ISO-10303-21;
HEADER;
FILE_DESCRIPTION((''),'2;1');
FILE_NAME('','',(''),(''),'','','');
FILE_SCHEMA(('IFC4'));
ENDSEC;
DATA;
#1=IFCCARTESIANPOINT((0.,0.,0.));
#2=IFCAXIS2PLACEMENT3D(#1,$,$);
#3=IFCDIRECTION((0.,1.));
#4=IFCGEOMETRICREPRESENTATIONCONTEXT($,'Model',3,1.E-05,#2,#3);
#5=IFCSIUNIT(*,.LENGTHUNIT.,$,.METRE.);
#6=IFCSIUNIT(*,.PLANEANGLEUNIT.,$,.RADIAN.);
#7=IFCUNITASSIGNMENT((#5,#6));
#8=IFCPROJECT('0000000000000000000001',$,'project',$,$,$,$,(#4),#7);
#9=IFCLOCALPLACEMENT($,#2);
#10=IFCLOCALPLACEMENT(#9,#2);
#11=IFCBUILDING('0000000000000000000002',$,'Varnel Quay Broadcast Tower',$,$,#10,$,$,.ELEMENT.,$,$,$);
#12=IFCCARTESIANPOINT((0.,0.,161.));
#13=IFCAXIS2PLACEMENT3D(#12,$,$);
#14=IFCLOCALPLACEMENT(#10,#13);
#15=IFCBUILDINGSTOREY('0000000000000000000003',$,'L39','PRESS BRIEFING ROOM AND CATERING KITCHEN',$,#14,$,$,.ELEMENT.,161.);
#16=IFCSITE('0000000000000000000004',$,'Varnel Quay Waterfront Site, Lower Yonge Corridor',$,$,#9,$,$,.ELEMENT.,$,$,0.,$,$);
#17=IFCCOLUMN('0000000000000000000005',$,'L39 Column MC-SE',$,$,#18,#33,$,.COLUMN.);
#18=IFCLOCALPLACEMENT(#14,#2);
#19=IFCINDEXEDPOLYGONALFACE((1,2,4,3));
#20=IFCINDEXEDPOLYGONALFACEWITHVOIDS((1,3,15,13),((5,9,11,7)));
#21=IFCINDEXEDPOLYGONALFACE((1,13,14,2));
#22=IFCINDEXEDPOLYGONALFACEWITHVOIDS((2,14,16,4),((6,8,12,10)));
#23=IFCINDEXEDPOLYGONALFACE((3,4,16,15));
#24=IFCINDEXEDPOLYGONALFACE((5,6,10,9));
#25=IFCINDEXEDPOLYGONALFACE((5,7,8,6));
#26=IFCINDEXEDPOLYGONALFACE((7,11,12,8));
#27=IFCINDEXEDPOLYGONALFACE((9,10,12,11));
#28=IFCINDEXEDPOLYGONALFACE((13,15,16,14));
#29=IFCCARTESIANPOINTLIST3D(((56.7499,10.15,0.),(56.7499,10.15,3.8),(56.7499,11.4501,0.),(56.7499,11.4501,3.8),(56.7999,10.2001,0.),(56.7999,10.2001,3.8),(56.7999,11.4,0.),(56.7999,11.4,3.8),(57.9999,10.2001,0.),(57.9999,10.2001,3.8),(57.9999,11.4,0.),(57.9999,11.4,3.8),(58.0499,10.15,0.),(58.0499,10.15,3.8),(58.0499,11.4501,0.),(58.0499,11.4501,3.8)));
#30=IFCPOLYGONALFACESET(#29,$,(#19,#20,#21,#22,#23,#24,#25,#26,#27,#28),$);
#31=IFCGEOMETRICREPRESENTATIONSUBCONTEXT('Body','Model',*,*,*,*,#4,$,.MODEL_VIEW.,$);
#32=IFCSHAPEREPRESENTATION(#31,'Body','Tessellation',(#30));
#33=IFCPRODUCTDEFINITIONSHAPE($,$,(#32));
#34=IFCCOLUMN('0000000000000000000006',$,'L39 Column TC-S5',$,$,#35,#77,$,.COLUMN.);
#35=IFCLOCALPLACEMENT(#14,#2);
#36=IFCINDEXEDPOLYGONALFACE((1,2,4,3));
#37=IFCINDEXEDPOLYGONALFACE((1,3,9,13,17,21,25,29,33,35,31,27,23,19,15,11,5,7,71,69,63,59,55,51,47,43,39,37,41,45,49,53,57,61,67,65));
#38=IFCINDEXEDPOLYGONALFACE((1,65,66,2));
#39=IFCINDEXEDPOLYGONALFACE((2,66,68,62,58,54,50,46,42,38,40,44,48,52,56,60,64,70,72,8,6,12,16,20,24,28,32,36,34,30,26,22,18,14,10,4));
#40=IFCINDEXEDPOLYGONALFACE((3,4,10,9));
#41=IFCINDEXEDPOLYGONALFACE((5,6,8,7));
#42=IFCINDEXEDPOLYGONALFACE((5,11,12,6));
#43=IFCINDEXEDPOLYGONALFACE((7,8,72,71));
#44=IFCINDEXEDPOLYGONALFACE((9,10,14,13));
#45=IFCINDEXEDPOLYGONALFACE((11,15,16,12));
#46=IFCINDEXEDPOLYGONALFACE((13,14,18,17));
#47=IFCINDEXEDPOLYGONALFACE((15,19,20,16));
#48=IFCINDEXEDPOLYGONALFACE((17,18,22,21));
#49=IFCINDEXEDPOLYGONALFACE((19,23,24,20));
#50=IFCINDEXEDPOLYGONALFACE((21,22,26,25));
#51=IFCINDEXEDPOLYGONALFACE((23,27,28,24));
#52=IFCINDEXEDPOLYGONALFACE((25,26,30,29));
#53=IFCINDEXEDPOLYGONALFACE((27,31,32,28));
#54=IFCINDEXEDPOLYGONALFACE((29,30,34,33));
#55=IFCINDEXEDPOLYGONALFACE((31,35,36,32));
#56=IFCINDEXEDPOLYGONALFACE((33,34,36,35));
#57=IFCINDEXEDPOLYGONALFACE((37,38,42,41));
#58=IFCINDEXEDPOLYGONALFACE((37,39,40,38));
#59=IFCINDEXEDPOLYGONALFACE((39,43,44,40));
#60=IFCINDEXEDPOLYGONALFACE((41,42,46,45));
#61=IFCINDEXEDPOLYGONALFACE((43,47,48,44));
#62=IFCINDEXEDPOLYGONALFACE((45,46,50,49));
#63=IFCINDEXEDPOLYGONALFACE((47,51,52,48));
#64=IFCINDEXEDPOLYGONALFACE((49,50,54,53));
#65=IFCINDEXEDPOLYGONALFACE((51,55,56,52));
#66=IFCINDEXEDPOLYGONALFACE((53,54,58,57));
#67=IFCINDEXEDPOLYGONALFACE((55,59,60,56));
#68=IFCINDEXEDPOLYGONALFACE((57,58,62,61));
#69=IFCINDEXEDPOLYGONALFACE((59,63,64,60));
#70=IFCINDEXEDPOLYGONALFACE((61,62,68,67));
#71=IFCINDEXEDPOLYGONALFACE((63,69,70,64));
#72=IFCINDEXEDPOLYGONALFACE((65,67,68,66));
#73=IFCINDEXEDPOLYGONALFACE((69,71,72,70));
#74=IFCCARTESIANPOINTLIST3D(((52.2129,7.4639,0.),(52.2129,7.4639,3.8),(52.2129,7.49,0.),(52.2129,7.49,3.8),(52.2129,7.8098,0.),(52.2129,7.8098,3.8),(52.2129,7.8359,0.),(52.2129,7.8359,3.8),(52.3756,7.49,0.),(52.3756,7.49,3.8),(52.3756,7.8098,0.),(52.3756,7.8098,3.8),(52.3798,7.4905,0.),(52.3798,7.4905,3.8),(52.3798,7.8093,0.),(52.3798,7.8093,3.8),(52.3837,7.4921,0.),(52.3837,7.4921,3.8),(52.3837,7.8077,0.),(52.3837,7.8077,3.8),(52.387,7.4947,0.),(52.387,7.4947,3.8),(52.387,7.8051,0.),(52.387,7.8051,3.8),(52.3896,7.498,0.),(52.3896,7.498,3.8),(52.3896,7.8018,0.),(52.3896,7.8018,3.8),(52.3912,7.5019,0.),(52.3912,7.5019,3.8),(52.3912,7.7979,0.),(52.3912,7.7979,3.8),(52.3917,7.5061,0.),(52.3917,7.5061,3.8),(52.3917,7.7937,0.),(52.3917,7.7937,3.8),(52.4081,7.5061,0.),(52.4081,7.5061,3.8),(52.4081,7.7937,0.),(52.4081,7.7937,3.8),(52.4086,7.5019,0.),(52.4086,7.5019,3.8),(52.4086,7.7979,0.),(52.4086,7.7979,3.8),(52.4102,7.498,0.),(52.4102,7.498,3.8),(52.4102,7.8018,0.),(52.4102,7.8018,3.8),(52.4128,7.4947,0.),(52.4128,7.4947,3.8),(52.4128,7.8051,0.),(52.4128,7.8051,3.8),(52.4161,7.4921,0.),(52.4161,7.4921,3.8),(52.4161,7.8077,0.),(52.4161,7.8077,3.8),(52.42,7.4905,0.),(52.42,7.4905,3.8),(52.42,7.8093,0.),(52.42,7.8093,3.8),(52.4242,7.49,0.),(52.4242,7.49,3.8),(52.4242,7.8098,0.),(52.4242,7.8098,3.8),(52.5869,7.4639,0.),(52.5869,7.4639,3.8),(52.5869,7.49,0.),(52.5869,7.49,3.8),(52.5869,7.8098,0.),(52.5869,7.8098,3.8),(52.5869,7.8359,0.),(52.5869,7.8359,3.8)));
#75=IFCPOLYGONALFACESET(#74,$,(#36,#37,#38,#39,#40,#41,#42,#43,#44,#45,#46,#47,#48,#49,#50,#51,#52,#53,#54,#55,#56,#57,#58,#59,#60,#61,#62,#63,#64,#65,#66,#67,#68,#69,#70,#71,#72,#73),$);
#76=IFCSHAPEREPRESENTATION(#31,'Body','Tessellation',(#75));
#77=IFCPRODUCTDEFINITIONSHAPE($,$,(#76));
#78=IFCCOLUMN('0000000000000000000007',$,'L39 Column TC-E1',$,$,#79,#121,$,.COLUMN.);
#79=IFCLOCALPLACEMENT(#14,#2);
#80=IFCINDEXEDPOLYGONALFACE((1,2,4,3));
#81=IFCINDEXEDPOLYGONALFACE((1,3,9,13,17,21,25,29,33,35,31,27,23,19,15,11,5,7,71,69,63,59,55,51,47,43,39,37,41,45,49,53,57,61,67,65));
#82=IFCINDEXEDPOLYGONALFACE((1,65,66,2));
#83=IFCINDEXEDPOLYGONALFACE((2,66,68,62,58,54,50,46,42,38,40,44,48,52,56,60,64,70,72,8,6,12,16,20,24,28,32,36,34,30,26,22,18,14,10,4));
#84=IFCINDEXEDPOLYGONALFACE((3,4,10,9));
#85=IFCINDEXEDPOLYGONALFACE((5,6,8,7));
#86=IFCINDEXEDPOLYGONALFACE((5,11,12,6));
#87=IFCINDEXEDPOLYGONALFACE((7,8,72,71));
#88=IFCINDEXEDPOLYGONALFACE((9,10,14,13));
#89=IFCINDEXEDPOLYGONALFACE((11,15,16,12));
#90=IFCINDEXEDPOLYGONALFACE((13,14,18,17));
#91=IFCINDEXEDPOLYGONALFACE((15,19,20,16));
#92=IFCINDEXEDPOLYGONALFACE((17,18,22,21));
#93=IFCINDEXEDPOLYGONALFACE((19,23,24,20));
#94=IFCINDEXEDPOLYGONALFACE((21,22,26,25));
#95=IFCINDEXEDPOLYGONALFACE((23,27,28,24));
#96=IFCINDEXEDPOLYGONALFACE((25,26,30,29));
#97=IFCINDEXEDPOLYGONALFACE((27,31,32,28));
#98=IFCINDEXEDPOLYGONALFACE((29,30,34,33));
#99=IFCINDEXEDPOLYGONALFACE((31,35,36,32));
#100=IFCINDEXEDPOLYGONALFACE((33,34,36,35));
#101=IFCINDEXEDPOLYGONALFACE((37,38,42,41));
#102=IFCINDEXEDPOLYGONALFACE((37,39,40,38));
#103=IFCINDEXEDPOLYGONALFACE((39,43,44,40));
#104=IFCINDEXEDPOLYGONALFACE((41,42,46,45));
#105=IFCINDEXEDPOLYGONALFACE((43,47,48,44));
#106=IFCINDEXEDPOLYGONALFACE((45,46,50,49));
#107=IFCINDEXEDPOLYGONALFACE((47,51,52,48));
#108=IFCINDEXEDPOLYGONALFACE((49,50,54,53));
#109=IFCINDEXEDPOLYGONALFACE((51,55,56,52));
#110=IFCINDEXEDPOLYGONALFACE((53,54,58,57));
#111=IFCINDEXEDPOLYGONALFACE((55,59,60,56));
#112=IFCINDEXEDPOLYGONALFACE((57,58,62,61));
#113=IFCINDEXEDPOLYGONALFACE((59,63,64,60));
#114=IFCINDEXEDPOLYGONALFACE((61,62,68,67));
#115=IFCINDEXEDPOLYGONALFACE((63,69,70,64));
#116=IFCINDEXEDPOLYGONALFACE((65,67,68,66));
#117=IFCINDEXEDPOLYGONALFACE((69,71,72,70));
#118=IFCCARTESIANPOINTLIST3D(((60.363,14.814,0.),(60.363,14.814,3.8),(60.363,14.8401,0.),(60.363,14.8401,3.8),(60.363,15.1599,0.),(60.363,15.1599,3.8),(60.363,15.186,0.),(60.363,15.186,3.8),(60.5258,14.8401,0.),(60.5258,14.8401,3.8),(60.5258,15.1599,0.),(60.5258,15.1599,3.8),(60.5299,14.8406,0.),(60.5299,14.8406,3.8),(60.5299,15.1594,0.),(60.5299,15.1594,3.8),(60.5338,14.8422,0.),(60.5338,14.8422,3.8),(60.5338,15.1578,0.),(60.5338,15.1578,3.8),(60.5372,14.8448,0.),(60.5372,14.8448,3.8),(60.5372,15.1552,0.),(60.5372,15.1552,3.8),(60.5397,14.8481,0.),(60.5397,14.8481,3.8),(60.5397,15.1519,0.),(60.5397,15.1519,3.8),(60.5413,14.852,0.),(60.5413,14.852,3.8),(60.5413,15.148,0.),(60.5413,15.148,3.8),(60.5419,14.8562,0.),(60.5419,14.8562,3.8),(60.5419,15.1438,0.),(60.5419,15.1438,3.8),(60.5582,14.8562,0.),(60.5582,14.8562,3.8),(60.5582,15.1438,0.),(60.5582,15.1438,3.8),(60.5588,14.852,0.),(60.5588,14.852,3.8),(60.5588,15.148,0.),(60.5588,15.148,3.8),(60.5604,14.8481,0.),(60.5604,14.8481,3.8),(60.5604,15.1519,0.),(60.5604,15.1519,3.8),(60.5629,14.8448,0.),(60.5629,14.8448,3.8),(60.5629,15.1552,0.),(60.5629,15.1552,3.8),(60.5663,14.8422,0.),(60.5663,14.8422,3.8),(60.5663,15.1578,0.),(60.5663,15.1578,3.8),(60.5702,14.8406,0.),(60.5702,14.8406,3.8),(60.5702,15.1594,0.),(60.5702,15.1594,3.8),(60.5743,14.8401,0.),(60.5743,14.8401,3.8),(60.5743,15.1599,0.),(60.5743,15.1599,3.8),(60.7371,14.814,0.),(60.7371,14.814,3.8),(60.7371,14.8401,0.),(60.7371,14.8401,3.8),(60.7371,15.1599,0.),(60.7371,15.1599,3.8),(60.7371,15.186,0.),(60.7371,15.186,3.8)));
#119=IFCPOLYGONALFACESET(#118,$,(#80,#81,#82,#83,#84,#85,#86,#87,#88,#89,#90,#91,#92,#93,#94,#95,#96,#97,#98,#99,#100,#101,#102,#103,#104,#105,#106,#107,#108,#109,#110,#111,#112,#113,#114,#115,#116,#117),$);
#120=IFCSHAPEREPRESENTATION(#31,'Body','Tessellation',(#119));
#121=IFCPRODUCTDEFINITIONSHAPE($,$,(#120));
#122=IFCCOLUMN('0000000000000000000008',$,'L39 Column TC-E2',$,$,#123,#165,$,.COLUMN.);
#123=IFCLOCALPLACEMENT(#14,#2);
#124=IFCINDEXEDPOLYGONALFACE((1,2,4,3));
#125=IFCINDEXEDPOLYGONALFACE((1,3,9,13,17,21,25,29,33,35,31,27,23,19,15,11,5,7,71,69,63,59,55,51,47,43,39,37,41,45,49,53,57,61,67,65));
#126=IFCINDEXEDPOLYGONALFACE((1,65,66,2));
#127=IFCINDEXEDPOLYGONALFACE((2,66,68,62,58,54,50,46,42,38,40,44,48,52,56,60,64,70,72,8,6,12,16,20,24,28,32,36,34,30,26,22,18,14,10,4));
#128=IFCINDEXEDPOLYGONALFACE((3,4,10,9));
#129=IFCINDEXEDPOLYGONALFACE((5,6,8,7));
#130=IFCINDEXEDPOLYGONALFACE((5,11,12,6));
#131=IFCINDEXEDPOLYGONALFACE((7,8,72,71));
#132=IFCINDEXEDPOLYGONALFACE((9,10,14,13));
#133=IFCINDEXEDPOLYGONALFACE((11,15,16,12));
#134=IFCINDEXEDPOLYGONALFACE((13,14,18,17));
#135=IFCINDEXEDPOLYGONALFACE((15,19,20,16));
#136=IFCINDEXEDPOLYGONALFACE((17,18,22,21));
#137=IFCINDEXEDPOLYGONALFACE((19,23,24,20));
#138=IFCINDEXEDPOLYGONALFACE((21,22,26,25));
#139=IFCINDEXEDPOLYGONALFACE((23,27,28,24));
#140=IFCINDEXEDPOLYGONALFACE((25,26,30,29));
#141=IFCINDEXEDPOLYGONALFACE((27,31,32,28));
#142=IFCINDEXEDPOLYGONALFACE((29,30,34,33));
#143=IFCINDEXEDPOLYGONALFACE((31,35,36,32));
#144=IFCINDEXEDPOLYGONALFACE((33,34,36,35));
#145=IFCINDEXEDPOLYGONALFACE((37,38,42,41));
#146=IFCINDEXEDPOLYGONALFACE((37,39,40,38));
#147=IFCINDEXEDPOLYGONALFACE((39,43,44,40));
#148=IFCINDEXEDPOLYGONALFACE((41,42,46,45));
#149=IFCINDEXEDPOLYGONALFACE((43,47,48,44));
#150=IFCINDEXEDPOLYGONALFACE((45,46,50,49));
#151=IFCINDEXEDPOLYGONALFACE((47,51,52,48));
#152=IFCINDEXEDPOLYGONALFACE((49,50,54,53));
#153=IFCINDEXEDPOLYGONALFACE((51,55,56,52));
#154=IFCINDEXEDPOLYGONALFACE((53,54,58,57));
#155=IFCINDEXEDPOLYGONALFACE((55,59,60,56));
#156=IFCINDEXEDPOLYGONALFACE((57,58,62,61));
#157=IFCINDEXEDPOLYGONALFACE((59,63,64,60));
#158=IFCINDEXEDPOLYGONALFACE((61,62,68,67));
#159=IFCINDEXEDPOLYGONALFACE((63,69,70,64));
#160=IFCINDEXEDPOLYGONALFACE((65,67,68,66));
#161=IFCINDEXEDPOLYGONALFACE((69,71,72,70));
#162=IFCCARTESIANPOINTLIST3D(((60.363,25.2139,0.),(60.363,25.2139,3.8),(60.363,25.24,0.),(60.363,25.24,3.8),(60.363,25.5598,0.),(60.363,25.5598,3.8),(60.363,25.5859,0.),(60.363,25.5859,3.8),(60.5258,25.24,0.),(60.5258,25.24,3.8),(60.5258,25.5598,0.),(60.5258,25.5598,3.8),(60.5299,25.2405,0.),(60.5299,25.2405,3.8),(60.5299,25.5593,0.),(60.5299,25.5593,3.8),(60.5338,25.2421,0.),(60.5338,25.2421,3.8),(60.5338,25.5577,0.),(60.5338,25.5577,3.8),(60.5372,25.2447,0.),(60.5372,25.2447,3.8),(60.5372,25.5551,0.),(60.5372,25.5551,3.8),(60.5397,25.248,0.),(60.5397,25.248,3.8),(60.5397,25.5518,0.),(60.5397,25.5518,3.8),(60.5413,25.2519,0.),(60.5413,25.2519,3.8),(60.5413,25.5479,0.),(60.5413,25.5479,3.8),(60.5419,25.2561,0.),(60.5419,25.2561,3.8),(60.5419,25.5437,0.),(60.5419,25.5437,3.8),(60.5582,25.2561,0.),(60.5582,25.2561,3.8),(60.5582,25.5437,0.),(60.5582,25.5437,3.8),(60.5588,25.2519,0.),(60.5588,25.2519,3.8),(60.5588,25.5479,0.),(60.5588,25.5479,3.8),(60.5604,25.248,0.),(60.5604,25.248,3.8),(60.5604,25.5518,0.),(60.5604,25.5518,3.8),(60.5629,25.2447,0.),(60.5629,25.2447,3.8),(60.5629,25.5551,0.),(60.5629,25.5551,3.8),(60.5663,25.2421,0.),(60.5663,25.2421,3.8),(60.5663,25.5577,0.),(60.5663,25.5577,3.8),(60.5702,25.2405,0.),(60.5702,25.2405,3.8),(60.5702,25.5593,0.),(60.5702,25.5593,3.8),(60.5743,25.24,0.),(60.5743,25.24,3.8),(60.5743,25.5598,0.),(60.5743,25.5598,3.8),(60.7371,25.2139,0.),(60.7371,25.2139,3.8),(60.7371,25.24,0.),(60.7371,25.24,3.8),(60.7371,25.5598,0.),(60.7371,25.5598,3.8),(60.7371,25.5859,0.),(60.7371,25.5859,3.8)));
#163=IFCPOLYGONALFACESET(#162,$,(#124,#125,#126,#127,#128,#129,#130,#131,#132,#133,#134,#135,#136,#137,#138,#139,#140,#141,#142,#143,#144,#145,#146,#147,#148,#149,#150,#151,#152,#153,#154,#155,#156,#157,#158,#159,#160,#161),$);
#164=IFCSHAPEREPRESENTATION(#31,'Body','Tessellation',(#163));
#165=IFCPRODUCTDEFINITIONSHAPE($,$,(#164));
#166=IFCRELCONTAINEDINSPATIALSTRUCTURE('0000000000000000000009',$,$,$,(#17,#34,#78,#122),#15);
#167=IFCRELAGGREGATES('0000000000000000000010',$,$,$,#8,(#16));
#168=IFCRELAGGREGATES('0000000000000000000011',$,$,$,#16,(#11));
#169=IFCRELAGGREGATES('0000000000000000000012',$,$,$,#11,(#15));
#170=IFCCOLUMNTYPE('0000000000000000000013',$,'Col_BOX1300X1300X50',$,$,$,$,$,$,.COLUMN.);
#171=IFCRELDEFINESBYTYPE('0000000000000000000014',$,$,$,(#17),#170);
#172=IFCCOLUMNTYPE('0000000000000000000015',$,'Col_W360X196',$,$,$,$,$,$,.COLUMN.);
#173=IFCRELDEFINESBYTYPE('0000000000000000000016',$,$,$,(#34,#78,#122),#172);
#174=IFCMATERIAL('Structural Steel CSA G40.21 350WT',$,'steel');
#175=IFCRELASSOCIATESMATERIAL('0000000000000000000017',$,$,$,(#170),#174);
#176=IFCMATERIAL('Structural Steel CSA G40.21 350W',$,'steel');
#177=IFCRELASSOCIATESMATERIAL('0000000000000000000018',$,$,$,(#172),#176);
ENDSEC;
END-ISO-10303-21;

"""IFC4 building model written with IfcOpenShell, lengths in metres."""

from ifc_helpers import new_model, si_unit, direction, frame, origin, origin_2d, place, context, subcontext, project, spatial, hollow_rectangle, i_section, extrude, source, transform, mapped, material, material_profile, profile_set, type_object, type_shapes, element, save


model = new_model("IFC4")

# Units and contexts
model_context = context("Model", 3, precision=1e-05, world=origin(), true_north=direction((0.0, 1.0)))
body_context = subcontext(model_context, "Body", "Model", "MODEL_VIEW")
ifc_project = project(units=[si_unit("LENGTHUNIT", "METRE"), si_unit("PLANEANGLEUNIT", "RADIAN")], contexts=[model_context])

# Site, building, storey
site_placement = place(None, origin())
site = spatial("IfcSite", under=ifc_project, at=site_placement, Name="Varnel Quay Waterfront Site, Lower Yonge Corridor", CompositionType="ELEMENT", RefElevation=0.0)
building_placement = place(site_placement, origin())
building = spatial("IfcBuilding", under=site, at=building_placement, Name="Varnel Quay Broadcast Tower", CompositionType="ELEMENT")
storey_placement = place(building_placement, frame((0.0, 0.0, 161.0)))
storey = spatial("IfcBuildingStorey", under=building, at=storey_placement, Name="L39", Description="PRESS BRIEFING ROOM AND CATERING KITCHEN", CompositionType="ELEMENT", Elevation=161.0)

# Columns
ifc_material_1 = material(Name="Structural Steel CSA G40.21 350WT", Category="steel")
ifc_material_profile_1 = material_profile(ifc_material_1, hollow_rectangle(XDim=1.3, YDim=1.3, WallThickness=0.05, at=origin_2d()), Name="BOX1300X1300X50")
ifc_profile_set_1 = profile_set([ifc_material_profile_1], Name="Structural Steel CSA G40.21 350WT")
column_type_1 = type_object("IfcColumnType", Name="Col_BOX1300X1300X50", PredefinedType="COLUMN", material=ifc_profile_set_1)
shared_shape_1 = source(origin(), body_context, "Body", "SweptSolid", [
    extrude(hollow_rectangle(XDim=1.3, YDim=1.3, WallThickness=0.05, at=origin_2d()), origin(), (0.0, 0.0, 1.0), 3.8),
])
type_shapes(column_type_1, [shared_shape_1])
column_placement = place(storey_placement, frame((57.3999, 10.8, 0.0), z_axis=(0.0, 0.0, 1.0), x_axis=(1.0, 0.0, 0.0)))
element("IfcColumn", 1, at=column_placement, inside=storey, type_object=column_type_1, Name="L39 Column MC-SE", PredefinedType="COLUMN", context=body_context, shape_type="MappedRepresentation", body=[
    mapped(shared_shape_1, transform((0.0, 0.0, 0.0), x_axis=(1.0, 0.0, 0.0), y_axis=(0.0, 1.0, 0.0), z_axis=(0.0, 0.0, 1.0), scale=1.0)),
])
ifc_material_2 = material(Name="Structural Steel CSA G40.21 350W", Category="steel")
ifc_material_profile_2 = material_profile(ifc_material_2, i_section(OverallWidth=0.374, OverallDepth=0.3721, WebThickness=0.0164, FlangeThickness=0.0261, FilletRadius=0.0161, at=origin_2d()), Name="W360X196")
ifc_profile_set_2 = profile_set([ifc_material_profile_2], Name="Structural Steel CSA G40.21 350W")
column_type_2 = type_object("IfcColumnType", Name="Col_W360X196", PredefinedType="COLUMN", material=ifc_profile_set_2)
shared_shape_2 = source(origin(), body_context, "Body", "SweptSolid", [
    extrude(i_section(OverallWidth=0.374, OverallDepth=0.3721, WebThickness=0.0164, FlangeThickness=0.0261, FilletRadius=0.0161, at=origin_2d()), origin(), (0.0, 0.0, 1.0), 3.8),
])
type_shapes(column_type_2, [shared_shape_2])
for number, where, z_axis, x_axis, name in (
    (2, (52.3999, 7.6499, 0.0), (0.0, 0.0, 1.0), (1.0, 0.0, 0.0), "L39 Column TC-S5"),
    (3, (60.55, 15.0, 0.0), (0.0, 0.0, 1.0), (1.0, 0.0, 0.0), "L39 Column TC-E1"),
    (4, (60.55, 25.3999, 0.0), (0.0, 0.0, 1.0), (1.0, 0.0, 0.0), "L39 Column TC-E2"),
):
    element("IfcColumn", number, at=place(storey_placement, frame(where, z_axis=z_axis, x_axis=x_axis)), inside=storey, type_object=column_type_2, Name=name, PredefinedType="COLUMN", context=body_context, shape_type="MappedRepresentation", body=[
        mapped(shared_shape_2, transform((0.0, 0.0, 0.0), x_axis=(1.0, 0.0, 0.0), y_axis=(0.0, 1.0, 0.0), z_axis=(0.0, 0.0, 1.0), scale=1.0)),
    ])

save(model, "model.ifc")
